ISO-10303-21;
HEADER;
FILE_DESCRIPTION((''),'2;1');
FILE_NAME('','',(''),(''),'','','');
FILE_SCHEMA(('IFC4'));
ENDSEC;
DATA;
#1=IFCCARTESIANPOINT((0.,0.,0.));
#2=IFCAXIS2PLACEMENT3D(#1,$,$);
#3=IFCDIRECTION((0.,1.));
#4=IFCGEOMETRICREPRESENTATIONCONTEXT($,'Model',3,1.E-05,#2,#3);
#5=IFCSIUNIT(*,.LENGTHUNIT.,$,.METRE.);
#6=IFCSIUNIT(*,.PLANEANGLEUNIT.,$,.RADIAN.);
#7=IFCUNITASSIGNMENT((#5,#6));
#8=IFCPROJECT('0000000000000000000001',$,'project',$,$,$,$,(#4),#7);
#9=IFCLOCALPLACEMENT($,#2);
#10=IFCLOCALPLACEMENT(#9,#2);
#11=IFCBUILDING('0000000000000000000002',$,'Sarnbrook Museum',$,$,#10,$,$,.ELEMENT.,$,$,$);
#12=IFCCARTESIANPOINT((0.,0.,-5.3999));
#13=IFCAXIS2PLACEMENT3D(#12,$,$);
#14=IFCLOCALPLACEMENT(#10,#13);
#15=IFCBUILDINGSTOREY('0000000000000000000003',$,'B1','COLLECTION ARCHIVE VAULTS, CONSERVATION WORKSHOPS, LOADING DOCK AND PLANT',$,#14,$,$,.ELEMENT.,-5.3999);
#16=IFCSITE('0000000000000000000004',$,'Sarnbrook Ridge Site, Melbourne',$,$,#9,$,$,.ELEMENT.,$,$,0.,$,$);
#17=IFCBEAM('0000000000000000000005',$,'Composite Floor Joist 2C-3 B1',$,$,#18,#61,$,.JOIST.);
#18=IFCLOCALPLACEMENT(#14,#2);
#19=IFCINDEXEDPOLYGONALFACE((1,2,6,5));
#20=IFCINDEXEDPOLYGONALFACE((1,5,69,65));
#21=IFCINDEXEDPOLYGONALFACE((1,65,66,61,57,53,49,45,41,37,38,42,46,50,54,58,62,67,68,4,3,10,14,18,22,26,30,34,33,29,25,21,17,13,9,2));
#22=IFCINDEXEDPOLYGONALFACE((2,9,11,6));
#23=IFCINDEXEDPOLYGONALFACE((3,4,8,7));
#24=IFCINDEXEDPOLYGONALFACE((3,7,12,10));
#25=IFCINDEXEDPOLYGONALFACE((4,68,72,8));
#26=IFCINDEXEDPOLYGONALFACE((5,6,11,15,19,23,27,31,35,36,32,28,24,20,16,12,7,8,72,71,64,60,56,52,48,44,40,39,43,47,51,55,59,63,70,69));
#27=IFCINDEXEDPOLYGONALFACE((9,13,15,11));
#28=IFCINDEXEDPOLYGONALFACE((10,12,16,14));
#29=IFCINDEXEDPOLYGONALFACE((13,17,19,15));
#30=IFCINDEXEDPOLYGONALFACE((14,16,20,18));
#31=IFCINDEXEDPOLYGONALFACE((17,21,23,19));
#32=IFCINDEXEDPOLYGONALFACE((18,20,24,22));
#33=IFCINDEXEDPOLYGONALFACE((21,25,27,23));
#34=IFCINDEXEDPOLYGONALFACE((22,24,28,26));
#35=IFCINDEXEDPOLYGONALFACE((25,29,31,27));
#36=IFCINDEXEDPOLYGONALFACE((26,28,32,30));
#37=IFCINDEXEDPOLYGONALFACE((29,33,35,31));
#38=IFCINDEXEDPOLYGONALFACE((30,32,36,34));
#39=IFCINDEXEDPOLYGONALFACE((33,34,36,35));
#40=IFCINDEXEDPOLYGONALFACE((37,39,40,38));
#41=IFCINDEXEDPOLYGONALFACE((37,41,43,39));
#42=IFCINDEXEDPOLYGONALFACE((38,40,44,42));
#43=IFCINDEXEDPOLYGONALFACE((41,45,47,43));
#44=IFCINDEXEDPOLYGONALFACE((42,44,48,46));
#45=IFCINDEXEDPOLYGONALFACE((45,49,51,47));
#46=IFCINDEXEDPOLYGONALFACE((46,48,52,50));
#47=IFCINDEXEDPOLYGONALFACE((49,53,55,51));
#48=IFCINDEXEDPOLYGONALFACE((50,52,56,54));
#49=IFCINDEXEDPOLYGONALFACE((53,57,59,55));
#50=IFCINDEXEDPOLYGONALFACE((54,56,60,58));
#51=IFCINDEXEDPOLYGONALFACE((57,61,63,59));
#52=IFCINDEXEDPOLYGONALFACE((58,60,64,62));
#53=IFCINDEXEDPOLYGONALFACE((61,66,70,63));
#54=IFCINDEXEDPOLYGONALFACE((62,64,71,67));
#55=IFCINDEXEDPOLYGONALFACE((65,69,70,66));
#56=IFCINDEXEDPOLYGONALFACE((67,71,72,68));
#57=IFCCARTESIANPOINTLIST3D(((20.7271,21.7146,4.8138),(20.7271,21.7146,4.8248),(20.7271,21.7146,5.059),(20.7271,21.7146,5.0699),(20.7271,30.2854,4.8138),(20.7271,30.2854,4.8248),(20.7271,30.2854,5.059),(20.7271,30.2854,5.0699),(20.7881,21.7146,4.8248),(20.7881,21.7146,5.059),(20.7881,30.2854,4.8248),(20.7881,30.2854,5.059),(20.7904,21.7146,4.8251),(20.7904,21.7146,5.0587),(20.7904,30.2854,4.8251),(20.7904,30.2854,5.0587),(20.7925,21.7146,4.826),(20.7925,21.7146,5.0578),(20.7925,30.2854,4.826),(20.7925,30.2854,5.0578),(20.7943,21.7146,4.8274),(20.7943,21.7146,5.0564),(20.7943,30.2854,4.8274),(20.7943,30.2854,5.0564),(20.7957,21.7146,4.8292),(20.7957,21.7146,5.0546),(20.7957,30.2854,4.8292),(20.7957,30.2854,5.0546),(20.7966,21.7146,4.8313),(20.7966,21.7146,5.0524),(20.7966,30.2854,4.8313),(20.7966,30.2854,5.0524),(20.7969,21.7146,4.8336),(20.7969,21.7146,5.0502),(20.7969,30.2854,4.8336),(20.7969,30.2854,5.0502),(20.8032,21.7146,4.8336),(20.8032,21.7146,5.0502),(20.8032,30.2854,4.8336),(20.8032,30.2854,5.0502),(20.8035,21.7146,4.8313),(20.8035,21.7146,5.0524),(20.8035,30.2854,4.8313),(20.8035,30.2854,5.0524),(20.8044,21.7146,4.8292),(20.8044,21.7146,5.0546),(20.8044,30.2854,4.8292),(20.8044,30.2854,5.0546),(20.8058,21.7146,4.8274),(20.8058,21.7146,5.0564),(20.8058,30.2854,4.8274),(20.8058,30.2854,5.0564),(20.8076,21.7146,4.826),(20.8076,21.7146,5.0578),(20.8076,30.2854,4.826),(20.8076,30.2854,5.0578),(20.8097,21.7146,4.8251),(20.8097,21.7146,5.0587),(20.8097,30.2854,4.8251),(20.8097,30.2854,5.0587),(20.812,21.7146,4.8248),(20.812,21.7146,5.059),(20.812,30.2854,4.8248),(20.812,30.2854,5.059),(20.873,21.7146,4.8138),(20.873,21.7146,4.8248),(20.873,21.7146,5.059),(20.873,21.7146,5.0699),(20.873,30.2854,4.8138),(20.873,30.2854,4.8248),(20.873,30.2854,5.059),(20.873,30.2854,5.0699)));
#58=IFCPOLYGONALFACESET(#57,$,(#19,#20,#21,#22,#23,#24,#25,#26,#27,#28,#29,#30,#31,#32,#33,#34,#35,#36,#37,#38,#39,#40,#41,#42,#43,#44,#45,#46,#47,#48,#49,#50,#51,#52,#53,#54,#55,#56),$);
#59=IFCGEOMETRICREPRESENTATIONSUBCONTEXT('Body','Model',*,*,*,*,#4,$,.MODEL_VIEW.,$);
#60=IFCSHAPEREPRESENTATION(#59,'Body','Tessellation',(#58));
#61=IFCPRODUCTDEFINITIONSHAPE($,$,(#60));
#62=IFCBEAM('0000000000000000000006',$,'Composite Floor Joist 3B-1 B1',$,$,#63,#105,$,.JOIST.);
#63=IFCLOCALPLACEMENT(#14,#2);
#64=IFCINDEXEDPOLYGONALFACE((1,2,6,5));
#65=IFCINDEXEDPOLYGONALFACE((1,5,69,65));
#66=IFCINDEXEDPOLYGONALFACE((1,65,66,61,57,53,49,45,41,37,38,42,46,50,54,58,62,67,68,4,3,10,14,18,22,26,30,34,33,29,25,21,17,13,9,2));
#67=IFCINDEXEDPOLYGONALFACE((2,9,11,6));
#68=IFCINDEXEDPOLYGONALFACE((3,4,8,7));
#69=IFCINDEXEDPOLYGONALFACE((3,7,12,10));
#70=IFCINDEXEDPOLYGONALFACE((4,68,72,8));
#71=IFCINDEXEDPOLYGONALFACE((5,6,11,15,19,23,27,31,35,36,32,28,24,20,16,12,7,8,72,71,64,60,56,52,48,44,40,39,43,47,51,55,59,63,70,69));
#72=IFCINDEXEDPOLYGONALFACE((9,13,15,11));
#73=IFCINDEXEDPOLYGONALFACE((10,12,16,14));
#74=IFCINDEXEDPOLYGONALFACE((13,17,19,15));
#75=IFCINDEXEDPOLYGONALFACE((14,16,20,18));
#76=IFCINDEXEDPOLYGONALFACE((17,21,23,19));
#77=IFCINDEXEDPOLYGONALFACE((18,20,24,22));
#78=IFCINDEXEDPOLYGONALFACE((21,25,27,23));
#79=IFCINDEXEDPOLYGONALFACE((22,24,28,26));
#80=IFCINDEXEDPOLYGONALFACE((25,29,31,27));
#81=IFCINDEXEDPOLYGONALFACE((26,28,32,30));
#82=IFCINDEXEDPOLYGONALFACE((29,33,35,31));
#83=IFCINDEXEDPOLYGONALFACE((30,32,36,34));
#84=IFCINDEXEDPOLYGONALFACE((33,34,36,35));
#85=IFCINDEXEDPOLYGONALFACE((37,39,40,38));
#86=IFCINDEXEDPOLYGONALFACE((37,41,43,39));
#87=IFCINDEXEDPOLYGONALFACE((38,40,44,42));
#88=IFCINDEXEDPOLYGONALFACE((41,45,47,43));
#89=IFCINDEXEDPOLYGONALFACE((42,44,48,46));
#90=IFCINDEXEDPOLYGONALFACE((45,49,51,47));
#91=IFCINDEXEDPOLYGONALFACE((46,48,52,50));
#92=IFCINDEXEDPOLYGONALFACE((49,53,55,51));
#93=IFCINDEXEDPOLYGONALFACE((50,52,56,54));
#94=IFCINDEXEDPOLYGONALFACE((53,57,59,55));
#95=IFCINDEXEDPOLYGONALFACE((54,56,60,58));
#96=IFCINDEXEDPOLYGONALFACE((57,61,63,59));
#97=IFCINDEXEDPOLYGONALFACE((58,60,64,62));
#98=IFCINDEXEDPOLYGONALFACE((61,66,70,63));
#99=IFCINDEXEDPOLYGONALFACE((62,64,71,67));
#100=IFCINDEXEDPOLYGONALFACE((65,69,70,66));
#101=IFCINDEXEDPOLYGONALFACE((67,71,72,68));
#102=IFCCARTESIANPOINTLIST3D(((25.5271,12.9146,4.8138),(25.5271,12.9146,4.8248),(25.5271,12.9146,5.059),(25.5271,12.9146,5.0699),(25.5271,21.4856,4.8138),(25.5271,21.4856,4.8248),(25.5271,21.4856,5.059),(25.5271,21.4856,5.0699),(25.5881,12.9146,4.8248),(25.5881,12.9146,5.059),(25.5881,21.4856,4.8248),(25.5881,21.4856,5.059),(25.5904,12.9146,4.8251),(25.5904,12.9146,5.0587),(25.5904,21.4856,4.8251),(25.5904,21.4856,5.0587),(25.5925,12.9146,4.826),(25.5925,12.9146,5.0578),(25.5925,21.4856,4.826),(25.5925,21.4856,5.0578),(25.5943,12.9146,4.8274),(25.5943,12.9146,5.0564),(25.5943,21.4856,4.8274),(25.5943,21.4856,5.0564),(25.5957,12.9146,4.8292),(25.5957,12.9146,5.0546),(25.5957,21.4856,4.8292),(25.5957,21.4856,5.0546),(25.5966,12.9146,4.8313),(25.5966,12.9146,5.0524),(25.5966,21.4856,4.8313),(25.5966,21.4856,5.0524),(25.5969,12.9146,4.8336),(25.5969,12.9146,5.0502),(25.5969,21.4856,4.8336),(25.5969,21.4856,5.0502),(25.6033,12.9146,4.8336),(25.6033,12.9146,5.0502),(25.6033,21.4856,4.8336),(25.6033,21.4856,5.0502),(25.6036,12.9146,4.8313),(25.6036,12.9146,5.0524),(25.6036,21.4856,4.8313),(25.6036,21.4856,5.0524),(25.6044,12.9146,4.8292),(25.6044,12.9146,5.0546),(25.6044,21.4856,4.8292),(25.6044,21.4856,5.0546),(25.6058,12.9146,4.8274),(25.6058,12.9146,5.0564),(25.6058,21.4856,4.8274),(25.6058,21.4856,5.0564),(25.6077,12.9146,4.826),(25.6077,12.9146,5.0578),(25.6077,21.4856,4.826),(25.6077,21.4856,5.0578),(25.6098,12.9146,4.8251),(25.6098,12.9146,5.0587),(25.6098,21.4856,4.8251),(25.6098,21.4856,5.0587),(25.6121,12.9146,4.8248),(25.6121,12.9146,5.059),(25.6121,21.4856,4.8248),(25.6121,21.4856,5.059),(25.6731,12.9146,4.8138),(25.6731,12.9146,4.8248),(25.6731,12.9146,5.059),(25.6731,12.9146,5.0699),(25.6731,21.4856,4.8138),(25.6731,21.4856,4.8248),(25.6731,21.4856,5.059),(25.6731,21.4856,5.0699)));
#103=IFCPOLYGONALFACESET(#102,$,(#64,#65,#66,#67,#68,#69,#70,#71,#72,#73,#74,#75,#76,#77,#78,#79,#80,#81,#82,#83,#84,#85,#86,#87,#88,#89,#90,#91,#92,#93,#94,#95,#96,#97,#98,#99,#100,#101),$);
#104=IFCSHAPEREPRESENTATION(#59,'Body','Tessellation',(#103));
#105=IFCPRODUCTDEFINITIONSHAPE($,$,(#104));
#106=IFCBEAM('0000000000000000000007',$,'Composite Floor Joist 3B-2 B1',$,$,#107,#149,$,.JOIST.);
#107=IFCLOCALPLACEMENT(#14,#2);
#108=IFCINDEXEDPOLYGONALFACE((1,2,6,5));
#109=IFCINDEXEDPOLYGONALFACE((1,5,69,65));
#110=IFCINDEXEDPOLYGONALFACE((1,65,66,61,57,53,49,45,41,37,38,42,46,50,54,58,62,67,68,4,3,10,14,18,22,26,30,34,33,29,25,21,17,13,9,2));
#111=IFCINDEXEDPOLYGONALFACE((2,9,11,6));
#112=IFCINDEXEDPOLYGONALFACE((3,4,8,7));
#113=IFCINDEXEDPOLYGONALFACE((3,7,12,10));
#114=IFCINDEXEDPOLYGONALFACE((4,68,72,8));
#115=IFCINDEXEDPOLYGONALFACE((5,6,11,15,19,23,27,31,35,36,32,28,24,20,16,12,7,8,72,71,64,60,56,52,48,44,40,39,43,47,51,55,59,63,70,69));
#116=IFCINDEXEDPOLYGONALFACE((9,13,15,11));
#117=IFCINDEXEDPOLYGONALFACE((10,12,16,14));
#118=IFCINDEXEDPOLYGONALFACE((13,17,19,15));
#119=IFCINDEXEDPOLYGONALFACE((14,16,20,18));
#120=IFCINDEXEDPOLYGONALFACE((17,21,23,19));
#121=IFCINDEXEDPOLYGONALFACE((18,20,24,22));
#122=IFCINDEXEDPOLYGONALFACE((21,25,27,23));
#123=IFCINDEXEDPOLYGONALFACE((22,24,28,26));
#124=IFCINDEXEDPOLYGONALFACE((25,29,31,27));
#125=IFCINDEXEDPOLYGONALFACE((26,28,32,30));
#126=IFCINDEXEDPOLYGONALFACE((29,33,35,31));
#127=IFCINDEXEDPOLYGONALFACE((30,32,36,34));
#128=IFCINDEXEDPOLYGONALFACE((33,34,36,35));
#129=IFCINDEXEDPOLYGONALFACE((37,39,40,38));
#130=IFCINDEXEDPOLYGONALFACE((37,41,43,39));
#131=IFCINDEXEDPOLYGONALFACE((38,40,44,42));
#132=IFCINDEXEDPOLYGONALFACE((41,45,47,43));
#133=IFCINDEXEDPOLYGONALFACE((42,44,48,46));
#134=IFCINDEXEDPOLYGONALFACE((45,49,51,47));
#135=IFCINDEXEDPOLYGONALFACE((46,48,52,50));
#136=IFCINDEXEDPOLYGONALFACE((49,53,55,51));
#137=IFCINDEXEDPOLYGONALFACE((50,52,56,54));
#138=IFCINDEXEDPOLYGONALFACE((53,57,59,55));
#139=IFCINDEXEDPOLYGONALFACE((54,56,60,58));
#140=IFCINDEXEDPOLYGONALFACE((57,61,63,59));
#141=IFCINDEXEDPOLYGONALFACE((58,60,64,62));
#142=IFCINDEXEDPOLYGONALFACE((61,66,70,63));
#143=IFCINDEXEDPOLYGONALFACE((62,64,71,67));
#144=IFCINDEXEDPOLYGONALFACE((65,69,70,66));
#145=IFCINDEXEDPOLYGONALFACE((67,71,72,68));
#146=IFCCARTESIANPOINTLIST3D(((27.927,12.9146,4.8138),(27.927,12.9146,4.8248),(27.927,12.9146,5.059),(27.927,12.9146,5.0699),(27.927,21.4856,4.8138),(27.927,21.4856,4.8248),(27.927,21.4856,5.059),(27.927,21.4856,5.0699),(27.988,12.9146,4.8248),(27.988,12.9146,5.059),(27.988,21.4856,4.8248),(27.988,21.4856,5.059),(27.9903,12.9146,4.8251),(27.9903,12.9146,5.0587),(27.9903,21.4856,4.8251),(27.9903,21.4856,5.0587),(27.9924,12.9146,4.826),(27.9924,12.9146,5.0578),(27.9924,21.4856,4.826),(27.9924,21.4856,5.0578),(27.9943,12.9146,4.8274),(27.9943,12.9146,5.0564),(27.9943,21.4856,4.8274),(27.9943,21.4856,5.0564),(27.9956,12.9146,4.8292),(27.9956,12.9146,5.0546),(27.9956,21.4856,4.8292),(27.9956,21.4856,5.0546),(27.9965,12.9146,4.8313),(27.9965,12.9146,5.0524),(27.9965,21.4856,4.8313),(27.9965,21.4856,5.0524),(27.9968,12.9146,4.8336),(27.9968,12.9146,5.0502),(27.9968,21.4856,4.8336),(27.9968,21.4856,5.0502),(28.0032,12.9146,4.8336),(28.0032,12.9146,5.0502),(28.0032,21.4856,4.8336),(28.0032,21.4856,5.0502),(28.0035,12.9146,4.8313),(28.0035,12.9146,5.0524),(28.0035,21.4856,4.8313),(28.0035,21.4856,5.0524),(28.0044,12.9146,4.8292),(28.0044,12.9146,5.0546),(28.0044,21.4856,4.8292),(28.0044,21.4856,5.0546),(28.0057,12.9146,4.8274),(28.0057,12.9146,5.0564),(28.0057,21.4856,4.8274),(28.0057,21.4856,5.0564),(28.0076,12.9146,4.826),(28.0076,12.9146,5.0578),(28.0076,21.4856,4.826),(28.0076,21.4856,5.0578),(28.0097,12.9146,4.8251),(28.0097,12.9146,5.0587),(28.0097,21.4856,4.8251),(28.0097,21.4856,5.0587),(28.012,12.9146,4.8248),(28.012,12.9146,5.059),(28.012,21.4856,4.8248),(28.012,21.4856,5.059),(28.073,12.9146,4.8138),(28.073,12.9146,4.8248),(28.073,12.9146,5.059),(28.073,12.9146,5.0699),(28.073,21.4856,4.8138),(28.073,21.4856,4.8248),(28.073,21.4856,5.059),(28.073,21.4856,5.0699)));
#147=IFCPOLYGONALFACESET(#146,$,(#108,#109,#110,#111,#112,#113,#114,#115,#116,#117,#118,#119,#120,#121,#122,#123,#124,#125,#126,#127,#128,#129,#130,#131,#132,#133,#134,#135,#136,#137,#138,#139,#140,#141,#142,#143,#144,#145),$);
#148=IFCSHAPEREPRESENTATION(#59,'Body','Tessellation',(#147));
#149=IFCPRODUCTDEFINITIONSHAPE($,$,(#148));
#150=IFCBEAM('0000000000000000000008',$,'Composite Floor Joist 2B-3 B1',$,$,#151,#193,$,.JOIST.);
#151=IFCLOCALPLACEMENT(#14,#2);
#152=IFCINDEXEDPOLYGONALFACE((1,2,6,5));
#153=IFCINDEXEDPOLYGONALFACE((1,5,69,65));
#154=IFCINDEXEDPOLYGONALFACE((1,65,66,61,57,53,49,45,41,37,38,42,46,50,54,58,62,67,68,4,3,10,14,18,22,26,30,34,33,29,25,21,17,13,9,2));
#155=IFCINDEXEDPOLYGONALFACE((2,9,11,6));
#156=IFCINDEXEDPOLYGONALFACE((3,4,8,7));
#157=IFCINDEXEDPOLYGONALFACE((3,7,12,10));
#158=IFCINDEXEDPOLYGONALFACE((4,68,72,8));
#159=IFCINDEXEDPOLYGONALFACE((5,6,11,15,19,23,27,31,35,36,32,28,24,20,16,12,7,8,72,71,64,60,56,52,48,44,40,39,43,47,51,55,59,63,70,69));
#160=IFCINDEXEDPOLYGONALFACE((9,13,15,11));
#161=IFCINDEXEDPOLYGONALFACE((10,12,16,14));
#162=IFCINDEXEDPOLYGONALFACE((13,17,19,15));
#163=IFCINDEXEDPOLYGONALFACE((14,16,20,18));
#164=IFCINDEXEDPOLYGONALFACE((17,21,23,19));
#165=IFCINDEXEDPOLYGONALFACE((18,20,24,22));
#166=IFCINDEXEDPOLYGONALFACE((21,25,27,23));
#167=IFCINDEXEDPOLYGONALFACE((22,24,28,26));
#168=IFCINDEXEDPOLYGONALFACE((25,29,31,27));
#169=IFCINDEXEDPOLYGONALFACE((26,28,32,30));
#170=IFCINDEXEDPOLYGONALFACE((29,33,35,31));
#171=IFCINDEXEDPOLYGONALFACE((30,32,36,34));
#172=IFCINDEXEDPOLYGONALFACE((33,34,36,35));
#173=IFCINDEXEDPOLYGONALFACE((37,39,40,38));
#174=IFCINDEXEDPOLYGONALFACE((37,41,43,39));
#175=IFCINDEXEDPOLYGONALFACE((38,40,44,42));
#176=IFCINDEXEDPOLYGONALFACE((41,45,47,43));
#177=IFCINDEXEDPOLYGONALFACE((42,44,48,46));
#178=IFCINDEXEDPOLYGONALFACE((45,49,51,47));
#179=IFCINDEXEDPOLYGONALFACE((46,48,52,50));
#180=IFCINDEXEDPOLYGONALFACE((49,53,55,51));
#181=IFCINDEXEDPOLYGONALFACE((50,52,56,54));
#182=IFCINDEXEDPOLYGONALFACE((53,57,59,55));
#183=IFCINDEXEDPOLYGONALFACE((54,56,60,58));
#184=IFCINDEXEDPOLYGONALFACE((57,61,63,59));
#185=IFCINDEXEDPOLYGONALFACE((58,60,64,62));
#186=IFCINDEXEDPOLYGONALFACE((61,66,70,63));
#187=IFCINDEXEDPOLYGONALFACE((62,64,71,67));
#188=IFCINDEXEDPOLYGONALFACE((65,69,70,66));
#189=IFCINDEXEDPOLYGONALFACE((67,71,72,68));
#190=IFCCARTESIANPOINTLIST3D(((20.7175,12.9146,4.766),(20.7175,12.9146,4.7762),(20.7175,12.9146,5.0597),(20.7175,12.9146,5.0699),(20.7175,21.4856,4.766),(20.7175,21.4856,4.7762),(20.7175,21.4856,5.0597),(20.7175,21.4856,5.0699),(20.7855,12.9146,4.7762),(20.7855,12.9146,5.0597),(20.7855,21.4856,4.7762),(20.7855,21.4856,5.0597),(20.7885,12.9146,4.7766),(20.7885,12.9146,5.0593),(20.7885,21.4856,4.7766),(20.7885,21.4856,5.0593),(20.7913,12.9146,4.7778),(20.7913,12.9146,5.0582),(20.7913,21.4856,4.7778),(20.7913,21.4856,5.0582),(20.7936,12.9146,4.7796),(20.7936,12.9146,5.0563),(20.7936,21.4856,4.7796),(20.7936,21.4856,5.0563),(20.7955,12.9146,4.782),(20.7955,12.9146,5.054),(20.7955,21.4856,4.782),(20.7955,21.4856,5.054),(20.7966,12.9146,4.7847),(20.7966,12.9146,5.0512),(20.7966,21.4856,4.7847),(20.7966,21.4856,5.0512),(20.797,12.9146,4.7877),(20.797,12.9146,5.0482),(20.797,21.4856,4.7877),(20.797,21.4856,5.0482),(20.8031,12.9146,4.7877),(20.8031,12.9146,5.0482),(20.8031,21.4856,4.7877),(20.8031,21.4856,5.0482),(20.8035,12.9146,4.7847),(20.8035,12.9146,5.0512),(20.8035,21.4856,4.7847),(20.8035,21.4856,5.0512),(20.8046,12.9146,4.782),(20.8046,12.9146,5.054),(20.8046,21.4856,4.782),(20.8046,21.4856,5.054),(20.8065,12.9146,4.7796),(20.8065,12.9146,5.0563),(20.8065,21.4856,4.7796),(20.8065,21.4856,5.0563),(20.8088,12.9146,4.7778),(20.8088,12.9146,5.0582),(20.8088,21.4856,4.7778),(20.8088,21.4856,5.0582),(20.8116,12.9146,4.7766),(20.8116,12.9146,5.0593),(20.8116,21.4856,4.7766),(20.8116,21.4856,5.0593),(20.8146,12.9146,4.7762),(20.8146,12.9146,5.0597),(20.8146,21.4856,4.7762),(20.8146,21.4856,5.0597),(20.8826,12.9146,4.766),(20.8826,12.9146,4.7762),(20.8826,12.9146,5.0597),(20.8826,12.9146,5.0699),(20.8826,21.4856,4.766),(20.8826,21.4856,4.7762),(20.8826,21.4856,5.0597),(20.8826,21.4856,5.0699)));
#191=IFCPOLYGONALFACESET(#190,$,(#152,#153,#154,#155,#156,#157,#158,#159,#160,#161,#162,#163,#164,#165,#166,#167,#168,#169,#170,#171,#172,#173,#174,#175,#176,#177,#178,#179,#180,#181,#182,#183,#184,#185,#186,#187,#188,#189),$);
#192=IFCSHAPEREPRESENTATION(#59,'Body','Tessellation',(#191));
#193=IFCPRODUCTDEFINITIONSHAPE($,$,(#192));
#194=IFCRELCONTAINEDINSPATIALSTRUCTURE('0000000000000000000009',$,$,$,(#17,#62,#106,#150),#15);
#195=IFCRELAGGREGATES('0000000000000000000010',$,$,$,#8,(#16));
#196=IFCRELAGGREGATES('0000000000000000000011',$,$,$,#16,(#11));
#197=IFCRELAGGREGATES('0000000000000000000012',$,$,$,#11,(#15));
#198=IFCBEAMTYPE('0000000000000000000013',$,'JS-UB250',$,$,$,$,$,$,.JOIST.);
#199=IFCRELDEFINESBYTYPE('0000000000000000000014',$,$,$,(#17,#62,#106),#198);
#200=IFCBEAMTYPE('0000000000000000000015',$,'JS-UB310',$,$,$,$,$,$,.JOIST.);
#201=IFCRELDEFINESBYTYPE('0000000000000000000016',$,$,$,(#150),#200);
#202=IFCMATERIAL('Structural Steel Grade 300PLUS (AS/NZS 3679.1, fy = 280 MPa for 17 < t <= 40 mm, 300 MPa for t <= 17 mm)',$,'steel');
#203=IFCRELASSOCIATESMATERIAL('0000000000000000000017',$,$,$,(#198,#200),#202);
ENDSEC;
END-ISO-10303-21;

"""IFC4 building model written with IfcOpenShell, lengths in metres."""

from ifc_helpers import new_model, si_unit, direction, frame, origin, origin_2d, place, context, subcontext, project, spatial, i_section, extrude, material, material_profile, profile_set, type_object, element, save


model = new_model("IFC4")

# Units and contexts
model_context = context("Model", 3, precision=1e-05, world=origin(), true_north=direction((0.0, 1.0)))
body_context = subcontext(model_context, "Body", "Model", "MODEL_VIEW")
ifc_project = project(units=[si_unit("LENGTHUNIT", "METRE"), si_unit("PLANEANGLEUNIT", "RADIAN")], contexts=[model_context])

# Site, building, storey
site_placement = place(None, origin())
site = spatial("IfcSite", under=ifc_project, at=site_placement, Name="Sarnbrook Ridge Site, Melbourne", CompositionType="ELEMENT", RefElevation=0.0)
building_placement = place(site_placement, origin())
building = spatial("IfcBuilding", under=site, at=building_placement, Name="Sarnbrook Museum", CompositionType="ELEMENT")
storey_placement = place(building_placement, frame((0.0, 0.0, -5.3999)))
storey = spatial("IfcBuildingStorey", under=building, at=storey_placement, Name="B1", Description="COLLECTION ARCHIVE VAULTS, CONSERVATION WORKSHOPS, LOADING DOCK AND PLANT", CompositionType="ELEMENT", Elevation=-5.3999)

# Beams
ifc_material_1 = material(Name="Structural Steel Grade 300PLUS (AS/NZS 3679.1, fy = 280 MPa for 17 < t <= 40 mm, 300 MPa for t <= 17 mm)", Category="steel")
ifc_material_profile_1 = material_profile(ifc_material_1, i_section(OverallWidth=0.146, OverallDepth=0.2561, WebThickness=0.0063, FlangeThickness=0.011, FilletRadius=0.0088, at=origin_2d()), Name="250UB37.3")
ifc_profile_set_1 = profile_set([ifc_material_profile_1], Name="Structural Steel Grade 300PLUS (AS/NZS 3679.1, fy = 280 MPa for 17 < t <= 40 mm, 300 MPa for t <= 17 mm)")
beam_type_1 = type_object("IfcBeamType", Name="JS-UB250", PredefinedType="JOIST", material=ifc_profile_set_1)
beam_1_placement = place(storey_placement, frame((20.8, 21.7146, 4.9419), z_axis=(0.0, 1.0, 0.0), x_axis=(-1.0, 0.0, 0.0)))
element("IfcBeam", 1, at=beam_1_placement, inside=storey, type_object=beam_type_1, Name="Composite Floor Joist 2C-3 B1", PredefinedType="JOIST", context=body_context, shape_type="SweptSolid", body=[
    extrude(i_section(OverallWidth=0.146, OverallDepth=0.2561, WebThickness=0.0063, FlangeThickness=0.011, FilletRadius=0.0088, at=origin_2d()), origin(), (0.0, 0.0, 1.0), 8.5708),
])
for number, where, z_axis, x_axis, name in (
    (2, (25.6001, 12.9146, 4.9419), (0.0, 1.0, 0.0), (-1.0, 0.0, 0.0), "Composite Floor Joist 3B-1 B1"),
    (3, (28.0, 12.9146, 4.9419), (0.0, 1.0, 0.0), (-1.0, 0.0, 0.0), "Composite Floor Joist 3B-2 B1"),
):
    element("IfcBeam", number, at=place(storey_placement, frame(where, z_axis=z_axis, x_axis=x_axis)), inside=storey, type_object=beam_type_1, Name=name, PredefinedType="JOIST", context=body_context, shape_type="SweptSolid", body=[
        extrude(i_section(OverallWidth=0.146, OverallDepth=0.2561, WebThickness=0.0063, FlangeThickness=0.011, FilletRadius=0.0088, at=origin_2d()), origin(), (0.0, 0.0, 1.0), 8.571),
    ])
ifc_material_profile_2 = material_profile(ifc_material_1, i_section(OverallWidth=0.165, OverallDepth=0.304, WebThickness=0.0061, FlangeThickness=0.0103, FilletRadius=0.0115, at=origin_2d()), Name="310UB40.4")
ifc_profile_set_2 = profile_set([ifc_material_profile_2], Name="Structural Steel Grade 300PLUS (AS/NZS 3679.1, fy = 280 MPa for 17 < t <= 40 mm, 300 MPa for t <= 17 mm)")
beam_type_2 = type_object("IfcBeamType", Name="JS-UB310", PredefinedType="JOIST", material=ifc_profile_set_2)
beam_2_placement = place(storey_placement, frame((20.8, 12.9146, 4.918), z_axis=(0.0, 1.0, 0.0), x_axis=(-1.0, 0.0, 0.0)))
element("IfcBeam", 4, at=beam_2_placement, inside=storey, type_object=beam_type_2, Name="Composite Floor Joist 2B-3 B1", PredefinedType="JOIST", context=body_context, shape_type="SweptSolid", body=[
    extrude(i_section(OverallWidth=0.165, OverallDepth=0.304, WebThickness=0.0061, FlangeThickness=0.0103, FilletRadius=0.0115, at=origin_2d()), origin(), (0.0, 0.0, 1.0), 8.571),
])

save(model, "model.ifc")
